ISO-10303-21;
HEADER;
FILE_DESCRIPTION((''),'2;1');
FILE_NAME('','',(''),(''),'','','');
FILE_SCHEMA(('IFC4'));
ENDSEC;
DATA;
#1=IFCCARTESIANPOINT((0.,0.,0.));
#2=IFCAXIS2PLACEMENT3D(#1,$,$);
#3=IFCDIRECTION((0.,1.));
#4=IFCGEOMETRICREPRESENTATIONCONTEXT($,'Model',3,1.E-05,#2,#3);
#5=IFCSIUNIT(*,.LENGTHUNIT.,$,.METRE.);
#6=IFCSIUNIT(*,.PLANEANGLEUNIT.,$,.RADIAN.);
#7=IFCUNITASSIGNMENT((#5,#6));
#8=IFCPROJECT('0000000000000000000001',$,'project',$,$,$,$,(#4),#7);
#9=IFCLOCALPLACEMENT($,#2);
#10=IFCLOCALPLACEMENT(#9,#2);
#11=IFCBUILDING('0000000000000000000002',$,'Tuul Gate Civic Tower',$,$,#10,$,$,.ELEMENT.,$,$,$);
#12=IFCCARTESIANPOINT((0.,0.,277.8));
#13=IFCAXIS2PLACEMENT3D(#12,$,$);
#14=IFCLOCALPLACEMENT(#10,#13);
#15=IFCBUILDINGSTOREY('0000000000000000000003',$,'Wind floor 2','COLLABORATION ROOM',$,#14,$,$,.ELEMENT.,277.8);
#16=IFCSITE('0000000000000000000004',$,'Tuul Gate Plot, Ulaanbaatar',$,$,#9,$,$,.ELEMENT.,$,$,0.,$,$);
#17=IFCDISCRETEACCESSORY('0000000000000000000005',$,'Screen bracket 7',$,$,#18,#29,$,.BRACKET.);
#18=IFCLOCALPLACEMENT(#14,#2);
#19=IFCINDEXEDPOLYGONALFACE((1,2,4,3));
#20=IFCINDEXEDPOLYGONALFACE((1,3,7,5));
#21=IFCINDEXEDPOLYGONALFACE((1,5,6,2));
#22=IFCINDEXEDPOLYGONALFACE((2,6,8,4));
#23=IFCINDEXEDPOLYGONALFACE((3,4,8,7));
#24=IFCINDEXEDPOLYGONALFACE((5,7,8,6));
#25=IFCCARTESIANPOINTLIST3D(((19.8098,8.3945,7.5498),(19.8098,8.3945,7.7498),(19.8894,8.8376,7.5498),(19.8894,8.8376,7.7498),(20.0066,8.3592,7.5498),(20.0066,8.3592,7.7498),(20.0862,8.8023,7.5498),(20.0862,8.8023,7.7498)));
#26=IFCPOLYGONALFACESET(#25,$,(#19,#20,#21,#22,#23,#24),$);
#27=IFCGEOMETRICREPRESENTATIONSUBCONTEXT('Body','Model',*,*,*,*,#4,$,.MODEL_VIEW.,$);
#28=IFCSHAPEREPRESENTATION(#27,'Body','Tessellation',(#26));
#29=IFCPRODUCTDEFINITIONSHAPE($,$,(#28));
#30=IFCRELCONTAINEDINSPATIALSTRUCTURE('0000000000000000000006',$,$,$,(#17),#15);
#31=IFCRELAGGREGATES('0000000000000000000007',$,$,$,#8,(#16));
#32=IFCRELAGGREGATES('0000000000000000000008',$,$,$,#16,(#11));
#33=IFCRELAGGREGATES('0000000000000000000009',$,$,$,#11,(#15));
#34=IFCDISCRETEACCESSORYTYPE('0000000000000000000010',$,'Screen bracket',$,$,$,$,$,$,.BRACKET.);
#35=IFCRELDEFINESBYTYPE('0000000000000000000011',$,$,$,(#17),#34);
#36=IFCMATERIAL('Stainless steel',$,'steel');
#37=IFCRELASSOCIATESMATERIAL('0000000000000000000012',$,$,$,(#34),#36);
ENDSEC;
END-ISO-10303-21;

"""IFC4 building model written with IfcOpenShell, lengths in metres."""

from ifc_helpers import new_model, si_unit, direction, frame, origin, origin_2d, place, context, subcontext, project, spatial, rectangle, extrude, material, type_object, element, save


model = new_model("IFC4")

# Units and contexts
model_context = context("Model", 3, precision=1e-05, world=origin(), true_north=direction((0.0, 1.0)))
body_context = subcontext(model_context, "Body", "Model", "MODEL_VIEW")
ifc_project = project(units=[si_unit("LENGTHUNIT", "METRE"), si_unit("PLANEANGLEUNIT", "RADIAN")], contexts=[model_context])

# Site, building, storey
site_placement = place(None, origin())
site = spatial("IfcSite", under=ifc_project, at=site_placement, Name="Tuul Gate Plot, Ulaanbaatar", CompositionType="ELEMENT", RefElevation=0.0)
building_placement = place(site_placement, origin())
building = spatial("IfcBuilding", under=site, at=building_placement, Name="Tuul Gate Civic Tower", CompositionType="ELEMENT")
storey_placement = place(building_placement, frame((0.0, 0.0, 277.8)))
storey = spatial("IfcBuildingStorey", under=building, at=storey_placement, Name="Wind floor 2", Description="COLLABORATION ROOM", CompositionType="ELEMENT", Elevation=277.8)

# Discrete accessory
ifc_material_1 = material(Name="Stainless steel", Category="steel")
discrete_accessory_type = type_object("IfcDiscreteAccessoryType", Name="Screen bracket", PredefinedType="BRACKET", material=ifc_material_1)
discrete_accessory_placement = place(storey_placement, frame((19.948, 8.5984, 7.5498), z_axis=(0.0, 0.0, 1.0), x_axis=(0.176791, 0.984248, 0.0)))
element("IfcDiscreteAccessory", 1, at=discrete_accessory_placement, inside=storey, type_object=discrete_accessory_type, Name="Screen bracket 7", PredefinedType="BRACKET", context=body_context, shape_type="SweptSolid", body=[
    extrude(rectangle(XDim=0.4502, YDim=0.2, at=origin_2d()), origin(), (0.0, 0.0, 1.0), 0.2),
])

save(model, "model.ifc")
